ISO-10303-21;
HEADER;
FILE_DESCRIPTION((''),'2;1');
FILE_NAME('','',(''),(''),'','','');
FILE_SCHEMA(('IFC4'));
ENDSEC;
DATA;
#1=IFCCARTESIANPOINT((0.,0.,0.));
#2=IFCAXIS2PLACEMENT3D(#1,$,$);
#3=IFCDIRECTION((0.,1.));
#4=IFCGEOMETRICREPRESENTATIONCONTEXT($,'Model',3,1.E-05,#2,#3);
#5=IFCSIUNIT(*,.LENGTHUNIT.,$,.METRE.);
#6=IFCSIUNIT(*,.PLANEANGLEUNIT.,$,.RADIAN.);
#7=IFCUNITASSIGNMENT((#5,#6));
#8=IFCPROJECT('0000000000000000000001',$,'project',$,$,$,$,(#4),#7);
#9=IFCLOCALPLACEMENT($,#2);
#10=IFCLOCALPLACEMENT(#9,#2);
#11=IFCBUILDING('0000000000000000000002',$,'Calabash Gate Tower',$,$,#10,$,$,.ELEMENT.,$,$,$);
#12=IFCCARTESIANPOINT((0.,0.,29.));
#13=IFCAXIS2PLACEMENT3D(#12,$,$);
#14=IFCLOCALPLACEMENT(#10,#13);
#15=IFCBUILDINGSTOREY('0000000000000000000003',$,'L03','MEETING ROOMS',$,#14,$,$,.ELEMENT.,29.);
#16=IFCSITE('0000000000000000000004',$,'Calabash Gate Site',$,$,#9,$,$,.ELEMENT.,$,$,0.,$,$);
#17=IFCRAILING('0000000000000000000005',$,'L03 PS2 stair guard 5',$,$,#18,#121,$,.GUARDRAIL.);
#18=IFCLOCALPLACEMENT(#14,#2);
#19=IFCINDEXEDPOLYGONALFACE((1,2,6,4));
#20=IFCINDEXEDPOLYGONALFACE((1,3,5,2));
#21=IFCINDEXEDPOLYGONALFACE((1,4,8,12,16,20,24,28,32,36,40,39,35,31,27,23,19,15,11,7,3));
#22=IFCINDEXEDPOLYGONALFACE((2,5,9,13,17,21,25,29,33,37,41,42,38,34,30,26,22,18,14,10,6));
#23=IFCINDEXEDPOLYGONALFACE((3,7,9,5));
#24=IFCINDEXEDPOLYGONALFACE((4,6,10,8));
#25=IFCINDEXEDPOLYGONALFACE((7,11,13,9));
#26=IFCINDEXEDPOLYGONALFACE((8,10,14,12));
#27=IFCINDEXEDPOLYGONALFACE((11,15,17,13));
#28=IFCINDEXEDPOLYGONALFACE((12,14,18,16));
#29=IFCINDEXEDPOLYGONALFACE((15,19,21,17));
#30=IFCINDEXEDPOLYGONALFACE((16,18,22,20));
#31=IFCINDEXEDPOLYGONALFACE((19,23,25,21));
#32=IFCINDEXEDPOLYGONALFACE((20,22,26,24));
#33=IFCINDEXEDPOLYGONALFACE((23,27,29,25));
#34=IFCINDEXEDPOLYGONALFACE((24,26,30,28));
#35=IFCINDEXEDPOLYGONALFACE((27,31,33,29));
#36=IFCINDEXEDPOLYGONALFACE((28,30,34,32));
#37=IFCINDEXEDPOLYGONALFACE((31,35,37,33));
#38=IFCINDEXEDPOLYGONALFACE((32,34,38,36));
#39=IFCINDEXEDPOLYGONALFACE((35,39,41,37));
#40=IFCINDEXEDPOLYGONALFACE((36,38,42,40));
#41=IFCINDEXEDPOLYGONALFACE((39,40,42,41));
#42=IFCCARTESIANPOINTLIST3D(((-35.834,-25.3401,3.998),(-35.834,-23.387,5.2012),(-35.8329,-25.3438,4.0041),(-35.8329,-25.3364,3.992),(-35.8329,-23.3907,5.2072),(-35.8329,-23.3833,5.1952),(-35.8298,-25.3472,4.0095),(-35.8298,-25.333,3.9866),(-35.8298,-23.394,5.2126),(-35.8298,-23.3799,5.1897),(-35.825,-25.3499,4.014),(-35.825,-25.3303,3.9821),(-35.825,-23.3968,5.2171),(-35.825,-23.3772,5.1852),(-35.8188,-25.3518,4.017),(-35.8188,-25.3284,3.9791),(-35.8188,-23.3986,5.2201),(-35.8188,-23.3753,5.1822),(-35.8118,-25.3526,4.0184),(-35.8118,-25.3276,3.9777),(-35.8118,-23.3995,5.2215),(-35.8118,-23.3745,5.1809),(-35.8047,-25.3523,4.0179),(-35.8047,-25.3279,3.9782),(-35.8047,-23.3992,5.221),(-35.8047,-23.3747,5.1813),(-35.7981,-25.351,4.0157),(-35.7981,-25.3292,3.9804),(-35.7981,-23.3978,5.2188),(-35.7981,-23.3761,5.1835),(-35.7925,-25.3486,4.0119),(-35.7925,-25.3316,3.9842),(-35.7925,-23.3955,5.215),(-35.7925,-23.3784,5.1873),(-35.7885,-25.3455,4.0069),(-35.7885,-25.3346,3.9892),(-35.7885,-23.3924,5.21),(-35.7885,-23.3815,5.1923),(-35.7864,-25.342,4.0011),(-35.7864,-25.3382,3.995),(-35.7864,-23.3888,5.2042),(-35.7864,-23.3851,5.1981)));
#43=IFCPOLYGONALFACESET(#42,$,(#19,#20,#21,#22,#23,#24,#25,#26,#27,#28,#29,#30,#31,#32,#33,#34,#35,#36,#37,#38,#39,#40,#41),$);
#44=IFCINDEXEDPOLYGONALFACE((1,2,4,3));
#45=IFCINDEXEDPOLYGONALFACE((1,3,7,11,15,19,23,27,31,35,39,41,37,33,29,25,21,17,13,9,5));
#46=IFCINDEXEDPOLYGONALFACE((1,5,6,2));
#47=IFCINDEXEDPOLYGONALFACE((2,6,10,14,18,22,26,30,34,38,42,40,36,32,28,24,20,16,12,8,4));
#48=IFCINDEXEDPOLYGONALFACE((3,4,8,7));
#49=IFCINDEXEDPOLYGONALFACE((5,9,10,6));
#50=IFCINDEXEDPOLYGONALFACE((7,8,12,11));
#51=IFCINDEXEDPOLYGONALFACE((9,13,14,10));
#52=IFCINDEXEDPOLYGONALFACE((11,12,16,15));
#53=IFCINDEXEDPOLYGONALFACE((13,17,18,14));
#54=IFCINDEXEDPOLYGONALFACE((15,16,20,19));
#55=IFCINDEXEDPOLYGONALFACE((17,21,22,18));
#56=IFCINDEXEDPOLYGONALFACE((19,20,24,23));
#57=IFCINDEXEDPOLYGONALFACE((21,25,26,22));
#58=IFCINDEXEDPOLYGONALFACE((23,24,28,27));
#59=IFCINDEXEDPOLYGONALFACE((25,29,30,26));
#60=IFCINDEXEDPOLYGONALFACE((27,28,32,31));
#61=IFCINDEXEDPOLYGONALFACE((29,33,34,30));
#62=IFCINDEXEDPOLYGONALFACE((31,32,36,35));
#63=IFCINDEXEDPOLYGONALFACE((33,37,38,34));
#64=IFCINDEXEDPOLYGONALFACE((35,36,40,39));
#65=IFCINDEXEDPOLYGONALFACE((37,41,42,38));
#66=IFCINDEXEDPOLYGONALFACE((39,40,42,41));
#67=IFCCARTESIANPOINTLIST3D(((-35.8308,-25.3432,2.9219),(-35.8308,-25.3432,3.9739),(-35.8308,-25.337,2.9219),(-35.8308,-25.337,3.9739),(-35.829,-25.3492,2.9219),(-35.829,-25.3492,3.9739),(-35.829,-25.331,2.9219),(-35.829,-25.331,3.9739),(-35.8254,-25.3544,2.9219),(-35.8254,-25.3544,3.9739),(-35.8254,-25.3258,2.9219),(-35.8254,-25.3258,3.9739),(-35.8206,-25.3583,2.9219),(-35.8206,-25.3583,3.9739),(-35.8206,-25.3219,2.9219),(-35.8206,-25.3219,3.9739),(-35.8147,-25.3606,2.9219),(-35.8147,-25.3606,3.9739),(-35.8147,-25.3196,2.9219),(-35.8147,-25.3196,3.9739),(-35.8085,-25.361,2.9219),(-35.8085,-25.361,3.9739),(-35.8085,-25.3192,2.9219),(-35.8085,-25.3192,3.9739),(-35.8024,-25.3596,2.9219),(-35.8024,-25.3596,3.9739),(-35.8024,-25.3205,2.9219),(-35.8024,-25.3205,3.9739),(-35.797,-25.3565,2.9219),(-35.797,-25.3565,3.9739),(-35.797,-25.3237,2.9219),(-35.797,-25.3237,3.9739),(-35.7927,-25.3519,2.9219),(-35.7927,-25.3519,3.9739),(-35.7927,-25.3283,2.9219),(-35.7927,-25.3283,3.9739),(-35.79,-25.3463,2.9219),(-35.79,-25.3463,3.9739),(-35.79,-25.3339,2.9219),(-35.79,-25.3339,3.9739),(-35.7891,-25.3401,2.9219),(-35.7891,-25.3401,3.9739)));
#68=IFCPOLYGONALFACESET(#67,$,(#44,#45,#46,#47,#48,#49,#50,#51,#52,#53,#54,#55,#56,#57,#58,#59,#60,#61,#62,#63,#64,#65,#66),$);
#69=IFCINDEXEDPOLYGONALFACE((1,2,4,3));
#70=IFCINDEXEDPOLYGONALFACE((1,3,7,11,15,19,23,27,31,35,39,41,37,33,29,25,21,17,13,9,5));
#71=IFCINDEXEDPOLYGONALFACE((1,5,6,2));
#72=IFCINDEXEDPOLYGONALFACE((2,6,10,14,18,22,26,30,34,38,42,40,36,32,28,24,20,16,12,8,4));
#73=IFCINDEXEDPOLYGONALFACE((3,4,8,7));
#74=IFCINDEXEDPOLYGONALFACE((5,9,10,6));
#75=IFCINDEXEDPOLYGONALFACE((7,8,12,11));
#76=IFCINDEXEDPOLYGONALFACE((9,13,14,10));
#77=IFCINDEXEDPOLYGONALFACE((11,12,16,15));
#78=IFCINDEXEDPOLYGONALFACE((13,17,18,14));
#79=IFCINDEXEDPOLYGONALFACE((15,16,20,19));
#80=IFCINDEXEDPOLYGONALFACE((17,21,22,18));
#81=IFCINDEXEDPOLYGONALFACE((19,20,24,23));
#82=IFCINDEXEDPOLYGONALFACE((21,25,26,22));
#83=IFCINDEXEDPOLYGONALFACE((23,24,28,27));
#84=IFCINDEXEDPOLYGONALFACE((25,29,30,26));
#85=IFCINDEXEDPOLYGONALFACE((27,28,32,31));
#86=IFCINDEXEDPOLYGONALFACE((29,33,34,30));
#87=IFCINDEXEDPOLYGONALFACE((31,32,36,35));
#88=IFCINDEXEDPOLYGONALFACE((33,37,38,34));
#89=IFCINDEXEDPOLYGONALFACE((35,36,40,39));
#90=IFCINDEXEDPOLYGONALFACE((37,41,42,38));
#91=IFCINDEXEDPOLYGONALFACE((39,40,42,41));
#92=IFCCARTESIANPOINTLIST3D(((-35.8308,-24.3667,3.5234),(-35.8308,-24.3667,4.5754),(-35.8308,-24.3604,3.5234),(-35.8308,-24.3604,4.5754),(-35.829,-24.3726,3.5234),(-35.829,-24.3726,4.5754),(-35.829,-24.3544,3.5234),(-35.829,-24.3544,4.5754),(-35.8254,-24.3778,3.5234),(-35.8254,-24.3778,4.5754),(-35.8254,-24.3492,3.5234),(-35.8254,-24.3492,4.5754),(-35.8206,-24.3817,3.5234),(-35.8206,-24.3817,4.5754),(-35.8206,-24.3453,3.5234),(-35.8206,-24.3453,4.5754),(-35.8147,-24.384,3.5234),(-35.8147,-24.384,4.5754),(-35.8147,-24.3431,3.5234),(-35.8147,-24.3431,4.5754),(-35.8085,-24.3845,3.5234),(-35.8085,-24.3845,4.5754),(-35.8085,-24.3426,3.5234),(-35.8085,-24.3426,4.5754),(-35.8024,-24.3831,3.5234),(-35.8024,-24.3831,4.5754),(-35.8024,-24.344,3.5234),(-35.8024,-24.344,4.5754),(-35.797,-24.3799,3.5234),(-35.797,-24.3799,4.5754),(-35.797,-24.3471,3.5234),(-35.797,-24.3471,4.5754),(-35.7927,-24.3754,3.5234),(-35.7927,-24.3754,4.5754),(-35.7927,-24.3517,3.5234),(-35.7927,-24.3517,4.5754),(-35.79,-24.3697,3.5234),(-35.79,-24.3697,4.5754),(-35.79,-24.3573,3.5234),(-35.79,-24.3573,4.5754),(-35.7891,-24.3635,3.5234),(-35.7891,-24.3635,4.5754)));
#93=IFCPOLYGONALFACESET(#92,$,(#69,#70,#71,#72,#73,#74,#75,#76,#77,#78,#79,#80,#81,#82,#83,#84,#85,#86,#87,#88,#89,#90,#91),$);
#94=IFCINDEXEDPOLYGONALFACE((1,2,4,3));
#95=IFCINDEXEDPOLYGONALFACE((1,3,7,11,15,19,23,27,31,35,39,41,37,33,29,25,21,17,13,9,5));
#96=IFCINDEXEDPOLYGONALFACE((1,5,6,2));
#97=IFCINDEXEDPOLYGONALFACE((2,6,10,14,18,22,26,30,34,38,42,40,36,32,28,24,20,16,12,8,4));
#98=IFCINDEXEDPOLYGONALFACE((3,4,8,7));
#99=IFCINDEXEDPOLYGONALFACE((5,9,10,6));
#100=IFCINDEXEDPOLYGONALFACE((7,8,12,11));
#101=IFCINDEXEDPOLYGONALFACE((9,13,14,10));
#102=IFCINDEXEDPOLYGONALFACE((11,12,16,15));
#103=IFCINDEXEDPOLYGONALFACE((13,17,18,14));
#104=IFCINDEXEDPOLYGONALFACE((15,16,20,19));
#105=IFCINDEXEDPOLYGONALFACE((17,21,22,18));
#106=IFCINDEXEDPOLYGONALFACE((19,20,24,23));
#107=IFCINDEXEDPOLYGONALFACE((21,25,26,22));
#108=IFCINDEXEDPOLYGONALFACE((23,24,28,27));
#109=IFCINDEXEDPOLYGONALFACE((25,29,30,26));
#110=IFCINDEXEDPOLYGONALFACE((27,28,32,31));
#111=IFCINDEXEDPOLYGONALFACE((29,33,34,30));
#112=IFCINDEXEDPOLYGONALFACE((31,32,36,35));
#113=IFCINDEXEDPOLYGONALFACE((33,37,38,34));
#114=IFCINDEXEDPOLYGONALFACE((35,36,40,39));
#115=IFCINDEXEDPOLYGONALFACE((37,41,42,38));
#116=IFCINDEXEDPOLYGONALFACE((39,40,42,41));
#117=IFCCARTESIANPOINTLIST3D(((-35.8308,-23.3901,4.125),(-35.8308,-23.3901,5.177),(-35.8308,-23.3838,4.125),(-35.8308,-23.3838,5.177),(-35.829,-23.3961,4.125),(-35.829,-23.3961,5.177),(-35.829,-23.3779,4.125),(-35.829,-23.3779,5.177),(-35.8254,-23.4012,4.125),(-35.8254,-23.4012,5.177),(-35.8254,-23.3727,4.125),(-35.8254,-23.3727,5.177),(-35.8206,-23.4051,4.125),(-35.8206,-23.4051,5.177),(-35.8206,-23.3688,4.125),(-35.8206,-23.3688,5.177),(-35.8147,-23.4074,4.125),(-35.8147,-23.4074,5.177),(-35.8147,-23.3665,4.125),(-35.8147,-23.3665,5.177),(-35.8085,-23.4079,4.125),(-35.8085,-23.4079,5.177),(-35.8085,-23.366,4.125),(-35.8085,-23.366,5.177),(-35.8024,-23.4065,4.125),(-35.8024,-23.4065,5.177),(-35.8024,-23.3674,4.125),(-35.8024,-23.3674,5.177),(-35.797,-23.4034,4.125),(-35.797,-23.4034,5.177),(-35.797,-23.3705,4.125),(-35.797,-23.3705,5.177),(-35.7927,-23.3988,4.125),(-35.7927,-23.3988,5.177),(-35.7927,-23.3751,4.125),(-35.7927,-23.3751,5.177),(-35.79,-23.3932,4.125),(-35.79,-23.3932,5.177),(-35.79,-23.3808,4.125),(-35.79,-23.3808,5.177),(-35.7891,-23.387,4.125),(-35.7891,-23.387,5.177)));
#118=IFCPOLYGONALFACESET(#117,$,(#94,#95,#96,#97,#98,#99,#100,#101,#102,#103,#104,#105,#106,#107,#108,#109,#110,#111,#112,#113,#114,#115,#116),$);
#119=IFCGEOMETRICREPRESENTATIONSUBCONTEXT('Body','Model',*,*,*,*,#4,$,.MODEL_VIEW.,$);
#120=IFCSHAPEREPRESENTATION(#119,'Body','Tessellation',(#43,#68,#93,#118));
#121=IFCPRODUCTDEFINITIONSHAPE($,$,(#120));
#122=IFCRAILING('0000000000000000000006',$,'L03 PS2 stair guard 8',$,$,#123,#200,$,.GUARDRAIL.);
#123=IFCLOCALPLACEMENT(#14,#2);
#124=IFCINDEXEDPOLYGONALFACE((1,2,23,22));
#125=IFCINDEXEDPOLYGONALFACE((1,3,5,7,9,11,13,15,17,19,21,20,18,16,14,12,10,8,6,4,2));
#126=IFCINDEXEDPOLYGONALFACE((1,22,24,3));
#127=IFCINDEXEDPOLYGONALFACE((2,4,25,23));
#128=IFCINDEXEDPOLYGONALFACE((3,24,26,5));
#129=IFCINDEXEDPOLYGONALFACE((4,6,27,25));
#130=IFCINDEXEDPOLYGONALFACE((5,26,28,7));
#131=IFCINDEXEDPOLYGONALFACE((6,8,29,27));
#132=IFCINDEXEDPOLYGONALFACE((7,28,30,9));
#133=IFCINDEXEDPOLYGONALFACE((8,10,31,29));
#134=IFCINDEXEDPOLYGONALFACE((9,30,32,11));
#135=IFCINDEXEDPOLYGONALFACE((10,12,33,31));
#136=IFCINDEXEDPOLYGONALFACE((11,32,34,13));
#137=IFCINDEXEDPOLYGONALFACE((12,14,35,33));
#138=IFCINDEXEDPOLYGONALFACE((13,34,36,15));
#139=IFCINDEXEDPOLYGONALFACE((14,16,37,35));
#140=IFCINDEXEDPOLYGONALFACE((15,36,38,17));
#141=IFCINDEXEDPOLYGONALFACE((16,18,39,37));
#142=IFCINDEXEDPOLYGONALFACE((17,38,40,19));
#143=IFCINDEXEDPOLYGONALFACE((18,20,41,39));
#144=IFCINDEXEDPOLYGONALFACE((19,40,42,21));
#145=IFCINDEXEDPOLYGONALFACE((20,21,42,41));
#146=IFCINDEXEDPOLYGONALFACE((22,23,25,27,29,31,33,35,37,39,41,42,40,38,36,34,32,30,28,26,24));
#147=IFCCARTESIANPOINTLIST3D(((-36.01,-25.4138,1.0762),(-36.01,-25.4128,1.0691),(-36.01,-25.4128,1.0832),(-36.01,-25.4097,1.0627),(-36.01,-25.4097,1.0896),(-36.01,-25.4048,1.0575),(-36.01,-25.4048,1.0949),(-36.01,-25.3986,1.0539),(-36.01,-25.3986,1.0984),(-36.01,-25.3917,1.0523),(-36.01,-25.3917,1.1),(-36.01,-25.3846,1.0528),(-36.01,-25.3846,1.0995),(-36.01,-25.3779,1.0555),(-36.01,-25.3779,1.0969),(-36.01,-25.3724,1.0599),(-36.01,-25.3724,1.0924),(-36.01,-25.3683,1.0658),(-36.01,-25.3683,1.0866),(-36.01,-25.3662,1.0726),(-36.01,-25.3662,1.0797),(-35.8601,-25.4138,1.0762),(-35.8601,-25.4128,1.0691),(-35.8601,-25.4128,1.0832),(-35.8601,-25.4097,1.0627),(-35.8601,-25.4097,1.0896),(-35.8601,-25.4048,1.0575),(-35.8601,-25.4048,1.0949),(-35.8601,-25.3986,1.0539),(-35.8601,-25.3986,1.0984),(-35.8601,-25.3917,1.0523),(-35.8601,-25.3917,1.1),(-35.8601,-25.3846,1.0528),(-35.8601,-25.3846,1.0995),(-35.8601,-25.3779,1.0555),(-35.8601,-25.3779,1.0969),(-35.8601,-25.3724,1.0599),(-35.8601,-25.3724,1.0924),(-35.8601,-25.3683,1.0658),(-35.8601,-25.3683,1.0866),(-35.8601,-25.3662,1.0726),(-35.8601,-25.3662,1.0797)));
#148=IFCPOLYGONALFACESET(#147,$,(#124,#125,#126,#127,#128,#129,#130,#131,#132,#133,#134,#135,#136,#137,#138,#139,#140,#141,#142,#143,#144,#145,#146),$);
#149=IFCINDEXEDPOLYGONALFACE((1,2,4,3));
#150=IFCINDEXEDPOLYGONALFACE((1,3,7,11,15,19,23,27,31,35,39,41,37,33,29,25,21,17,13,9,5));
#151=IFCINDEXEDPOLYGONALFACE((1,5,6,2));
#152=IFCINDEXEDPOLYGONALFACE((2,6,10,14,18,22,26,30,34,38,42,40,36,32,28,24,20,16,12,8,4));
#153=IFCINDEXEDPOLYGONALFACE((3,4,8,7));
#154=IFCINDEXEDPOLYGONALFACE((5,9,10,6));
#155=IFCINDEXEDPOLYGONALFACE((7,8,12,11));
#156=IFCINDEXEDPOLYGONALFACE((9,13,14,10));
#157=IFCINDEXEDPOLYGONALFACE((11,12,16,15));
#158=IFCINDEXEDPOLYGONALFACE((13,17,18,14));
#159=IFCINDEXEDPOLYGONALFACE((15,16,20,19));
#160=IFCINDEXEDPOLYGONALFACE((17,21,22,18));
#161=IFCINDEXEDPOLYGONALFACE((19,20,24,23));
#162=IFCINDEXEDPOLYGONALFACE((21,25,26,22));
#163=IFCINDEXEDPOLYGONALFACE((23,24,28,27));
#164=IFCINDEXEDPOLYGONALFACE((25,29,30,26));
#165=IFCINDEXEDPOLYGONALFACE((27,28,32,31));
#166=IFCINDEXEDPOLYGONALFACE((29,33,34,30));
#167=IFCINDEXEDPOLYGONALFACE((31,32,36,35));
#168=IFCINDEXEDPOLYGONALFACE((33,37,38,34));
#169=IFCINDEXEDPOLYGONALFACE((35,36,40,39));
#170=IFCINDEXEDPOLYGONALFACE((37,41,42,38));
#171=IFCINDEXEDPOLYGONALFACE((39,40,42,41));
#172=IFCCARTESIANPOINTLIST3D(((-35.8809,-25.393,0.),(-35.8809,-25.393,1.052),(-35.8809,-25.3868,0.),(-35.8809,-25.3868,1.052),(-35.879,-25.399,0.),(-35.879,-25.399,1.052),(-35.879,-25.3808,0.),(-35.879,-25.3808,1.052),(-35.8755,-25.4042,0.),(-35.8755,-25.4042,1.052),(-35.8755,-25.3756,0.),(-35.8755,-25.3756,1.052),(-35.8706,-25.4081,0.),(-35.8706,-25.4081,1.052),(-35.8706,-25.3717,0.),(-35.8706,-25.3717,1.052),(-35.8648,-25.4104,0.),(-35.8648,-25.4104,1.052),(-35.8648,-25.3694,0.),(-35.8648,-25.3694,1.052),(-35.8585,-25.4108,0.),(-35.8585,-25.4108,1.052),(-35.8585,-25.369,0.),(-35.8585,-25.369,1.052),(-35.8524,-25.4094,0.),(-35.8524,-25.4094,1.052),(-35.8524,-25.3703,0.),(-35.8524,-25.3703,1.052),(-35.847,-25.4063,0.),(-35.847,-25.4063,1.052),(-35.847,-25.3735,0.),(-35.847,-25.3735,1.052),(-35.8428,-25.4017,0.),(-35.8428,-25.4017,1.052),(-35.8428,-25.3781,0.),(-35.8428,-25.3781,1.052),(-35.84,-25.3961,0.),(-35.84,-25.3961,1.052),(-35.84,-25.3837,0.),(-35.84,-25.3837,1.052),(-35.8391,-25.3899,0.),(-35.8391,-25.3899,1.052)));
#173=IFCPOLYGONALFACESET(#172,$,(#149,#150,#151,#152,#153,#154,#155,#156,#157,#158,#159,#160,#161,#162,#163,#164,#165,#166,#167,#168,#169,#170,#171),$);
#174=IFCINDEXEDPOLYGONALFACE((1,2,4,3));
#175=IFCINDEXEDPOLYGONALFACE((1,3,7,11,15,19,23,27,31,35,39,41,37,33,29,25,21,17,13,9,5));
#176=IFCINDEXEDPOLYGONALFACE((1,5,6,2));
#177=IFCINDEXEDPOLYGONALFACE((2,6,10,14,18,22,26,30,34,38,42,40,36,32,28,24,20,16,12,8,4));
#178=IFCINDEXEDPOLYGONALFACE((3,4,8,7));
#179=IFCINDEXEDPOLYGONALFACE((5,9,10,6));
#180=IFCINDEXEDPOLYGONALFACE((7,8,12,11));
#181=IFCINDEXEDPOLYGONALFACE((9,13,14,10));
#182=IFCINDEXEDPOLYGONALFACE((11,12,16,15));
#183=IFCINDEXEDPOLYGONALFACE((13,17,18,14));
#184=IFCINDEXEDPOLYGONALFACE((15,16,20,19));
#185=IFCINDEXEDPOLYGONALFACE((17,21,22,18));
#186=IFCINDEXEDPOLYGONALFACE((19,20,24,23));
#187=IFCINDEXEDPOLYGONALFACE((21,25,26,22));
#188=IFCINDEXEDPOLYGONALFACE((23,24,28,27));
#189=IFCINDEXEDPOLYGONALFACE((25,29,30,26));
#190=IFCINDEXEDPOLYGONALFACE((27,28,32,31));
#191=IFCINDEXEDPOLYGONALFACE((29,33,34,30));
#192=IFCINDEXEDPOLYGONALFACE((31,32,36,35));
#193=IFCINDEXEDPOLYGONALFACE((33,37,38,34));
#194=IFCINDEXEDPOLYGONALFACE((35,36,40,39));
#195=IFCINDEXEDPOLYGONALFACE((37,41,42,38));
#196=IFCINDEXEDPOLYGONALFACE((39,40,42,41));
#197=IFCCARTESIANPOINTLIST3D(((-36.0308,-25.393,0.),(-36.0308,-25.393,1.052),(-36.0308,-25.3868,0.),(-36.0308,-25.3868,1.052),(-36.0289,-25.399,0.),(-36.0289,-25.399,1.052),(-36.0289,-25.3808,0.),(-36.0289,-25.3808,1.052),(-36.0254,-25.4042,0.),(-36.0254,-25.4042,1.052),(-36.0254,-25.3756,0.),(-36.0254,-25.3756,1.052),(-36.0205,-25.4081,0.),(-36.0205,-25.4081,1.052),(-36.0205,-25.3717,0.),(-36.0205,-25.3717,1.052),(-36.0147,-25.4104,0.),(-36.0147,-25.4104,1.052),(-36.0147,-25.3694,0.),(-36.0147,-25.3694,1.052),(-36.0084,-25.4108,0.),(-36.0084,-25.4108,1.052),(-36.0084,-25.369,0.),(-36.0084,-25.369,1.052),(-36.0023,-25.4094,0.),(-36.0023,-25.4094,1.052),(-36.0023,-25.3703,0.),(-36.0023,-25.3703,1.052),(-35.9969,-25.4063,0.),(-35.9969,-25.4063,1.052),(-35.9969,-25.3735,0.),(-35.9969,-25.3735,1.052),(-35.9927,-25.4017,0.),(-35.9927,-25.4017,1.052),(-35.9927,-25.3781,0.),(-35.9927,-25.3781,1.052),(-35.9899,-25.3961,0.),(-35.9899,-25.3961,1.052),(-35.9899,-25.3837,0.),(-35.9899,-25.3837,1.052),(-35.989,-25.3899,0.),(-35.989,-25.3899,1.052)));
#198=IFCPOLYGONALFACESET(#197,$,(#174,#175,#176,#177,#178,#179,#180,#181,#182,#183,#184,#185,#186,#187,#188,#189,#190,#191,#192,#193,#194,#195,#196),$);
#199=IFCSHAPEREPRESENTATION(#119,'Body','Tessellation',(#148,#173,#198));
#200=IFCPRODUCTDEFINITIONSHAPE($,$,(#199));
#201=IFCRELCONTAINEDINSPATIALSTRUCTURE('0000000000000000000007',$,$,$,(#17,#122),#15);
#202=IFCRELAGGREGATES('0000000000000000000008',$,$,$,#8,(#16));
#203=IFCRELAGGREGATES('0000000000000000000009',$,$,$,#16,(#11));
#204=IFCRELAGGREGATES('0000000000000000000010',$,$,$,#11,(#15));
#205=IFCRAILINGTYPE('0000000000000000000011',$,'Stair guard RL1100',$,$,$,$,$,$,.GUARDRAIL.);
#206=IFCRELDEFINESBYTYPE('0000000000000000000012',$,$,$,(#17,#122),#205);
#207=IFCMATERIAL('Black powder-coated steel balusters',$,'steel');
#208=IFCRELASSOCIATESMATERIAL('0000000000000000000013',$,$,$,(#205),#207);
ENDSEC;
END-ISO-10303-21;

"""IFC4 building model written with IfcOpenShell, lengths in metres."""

from ifc_helpers import new_model, si_unit, direction, frame, origin, origin_2d, place, context, subcontext, project, spatial, circle, extrude, material, type_object, element, save


model = new_model("IFC4")

# Units and contexts
model_context = context("Model", 3, precision=1e-05, world=origin(), true_north=direction((0.0, 1.0)))
body_context = subcontext(model_context, "Body", "Model", "MODEL_VIEW")
ifc_project = project(units=[si_unit("LENGTHUNIT", "METRE"), si_unit("PLANEANGLEUNIT", "RADIAN")], contexts=[model_context])

# Site, building, storey
site_placement = place(None, origin())
site = spatial("IfcSite", under=ifc_project, at=site_placement, Name="Calabash Gate Site", CompositionType="ELEMENT", RefElevation=0.0)
building_placement = place(site_placement, origin())
building = spatial("IfcBuilding", under=site, at=building_placement, Name="Calabash Gate Tower", CompositionType="ELEMENT")
storey_placement = place(building_placement, frame((0.0, 0.0, 29.0)))
storey = spatial("IfcBuildingStorey", under=building, at=storey_placement, Name="L03", Description="MEETING ROOMS", CompositionType="ELEMENT", Elevation=29.0)

# Railings
ifc_material_1 = material(Name="Black powder-coated steel balusters", Category="steel")
railing_type_1 = type_object("IfcRailingType", Name="Stair guard RL1100", PredefinedType="GUARDRAIL", material=ifc_material_1)
railing_1_placement = place(storey_placement, frame((-35.8101, -25.3401, 2.9219)))
element("IfcRailing", 1, at=railing_1_placement, inside=storey, type_object=railing_type_1, Name="L03 PS2 stair guard 5", PredefinedType="GUARDRAIL", context=body_context, shape_type="SweptSolid", body=[
    extrude(circle(Radius=0.0239, at=origin_2d()), frame((0.0, 0.0, 1.0762), z_axis=(0.0, 0.851424, 0.524477), x_axis=(-1.0, 0.0, 0.0)), (0.0, 0.0, 1.0), 2.2939),
    extrude(circle(Radius=0.021, at=origin_2d()), origin(), (0.0, 0.0, 1.0), 1.052),
    extrude(circle(Radius=0.021, at=origin_2d()), frame((0.0, 0.9766, 0.6016)), (0.0, 0.0, 1.0), 1.052),
    extrude(circle(Radius=0.021, at=origin_2d()), frame((0.0, 1.9531, 1.2031)), (0.0, 0.0, 1.0), 1.052),
])
railing_2_placement = place(storey_placement, frame((-35.8601, -25.3899, 0.0)))
element("IfcRailing", 2, at=railing_2_placement, inside=storey, type_object=railing_type_1, Name="L03 PS2 stair guard 8", PredefinedType="GUARDRAIL", context=body_context, shape_type="SweptSolid", body=[
    extrude(circle(Radius=0.0239, at=origin_2d()), frame((0.0, 0.0, 1.0762), z_axis=(-1.0, 0.0, 0.0), x_axis=(0.0, -1.0, 0.0)), (0.0, 0.0, 1.0), 0.1499),
    extrude(circle(Radius=0.021, at=origin_2d()), origin(), (0.0, 0.0, 1.0), 1.052),
    extrude(circle(Radius=0.021, at=origin_2d()), frame((-0.1499, 0.0, 0.0)), (0.0, 0.0, 1.0), 1.052),
])

save(model, "model.ifc")
